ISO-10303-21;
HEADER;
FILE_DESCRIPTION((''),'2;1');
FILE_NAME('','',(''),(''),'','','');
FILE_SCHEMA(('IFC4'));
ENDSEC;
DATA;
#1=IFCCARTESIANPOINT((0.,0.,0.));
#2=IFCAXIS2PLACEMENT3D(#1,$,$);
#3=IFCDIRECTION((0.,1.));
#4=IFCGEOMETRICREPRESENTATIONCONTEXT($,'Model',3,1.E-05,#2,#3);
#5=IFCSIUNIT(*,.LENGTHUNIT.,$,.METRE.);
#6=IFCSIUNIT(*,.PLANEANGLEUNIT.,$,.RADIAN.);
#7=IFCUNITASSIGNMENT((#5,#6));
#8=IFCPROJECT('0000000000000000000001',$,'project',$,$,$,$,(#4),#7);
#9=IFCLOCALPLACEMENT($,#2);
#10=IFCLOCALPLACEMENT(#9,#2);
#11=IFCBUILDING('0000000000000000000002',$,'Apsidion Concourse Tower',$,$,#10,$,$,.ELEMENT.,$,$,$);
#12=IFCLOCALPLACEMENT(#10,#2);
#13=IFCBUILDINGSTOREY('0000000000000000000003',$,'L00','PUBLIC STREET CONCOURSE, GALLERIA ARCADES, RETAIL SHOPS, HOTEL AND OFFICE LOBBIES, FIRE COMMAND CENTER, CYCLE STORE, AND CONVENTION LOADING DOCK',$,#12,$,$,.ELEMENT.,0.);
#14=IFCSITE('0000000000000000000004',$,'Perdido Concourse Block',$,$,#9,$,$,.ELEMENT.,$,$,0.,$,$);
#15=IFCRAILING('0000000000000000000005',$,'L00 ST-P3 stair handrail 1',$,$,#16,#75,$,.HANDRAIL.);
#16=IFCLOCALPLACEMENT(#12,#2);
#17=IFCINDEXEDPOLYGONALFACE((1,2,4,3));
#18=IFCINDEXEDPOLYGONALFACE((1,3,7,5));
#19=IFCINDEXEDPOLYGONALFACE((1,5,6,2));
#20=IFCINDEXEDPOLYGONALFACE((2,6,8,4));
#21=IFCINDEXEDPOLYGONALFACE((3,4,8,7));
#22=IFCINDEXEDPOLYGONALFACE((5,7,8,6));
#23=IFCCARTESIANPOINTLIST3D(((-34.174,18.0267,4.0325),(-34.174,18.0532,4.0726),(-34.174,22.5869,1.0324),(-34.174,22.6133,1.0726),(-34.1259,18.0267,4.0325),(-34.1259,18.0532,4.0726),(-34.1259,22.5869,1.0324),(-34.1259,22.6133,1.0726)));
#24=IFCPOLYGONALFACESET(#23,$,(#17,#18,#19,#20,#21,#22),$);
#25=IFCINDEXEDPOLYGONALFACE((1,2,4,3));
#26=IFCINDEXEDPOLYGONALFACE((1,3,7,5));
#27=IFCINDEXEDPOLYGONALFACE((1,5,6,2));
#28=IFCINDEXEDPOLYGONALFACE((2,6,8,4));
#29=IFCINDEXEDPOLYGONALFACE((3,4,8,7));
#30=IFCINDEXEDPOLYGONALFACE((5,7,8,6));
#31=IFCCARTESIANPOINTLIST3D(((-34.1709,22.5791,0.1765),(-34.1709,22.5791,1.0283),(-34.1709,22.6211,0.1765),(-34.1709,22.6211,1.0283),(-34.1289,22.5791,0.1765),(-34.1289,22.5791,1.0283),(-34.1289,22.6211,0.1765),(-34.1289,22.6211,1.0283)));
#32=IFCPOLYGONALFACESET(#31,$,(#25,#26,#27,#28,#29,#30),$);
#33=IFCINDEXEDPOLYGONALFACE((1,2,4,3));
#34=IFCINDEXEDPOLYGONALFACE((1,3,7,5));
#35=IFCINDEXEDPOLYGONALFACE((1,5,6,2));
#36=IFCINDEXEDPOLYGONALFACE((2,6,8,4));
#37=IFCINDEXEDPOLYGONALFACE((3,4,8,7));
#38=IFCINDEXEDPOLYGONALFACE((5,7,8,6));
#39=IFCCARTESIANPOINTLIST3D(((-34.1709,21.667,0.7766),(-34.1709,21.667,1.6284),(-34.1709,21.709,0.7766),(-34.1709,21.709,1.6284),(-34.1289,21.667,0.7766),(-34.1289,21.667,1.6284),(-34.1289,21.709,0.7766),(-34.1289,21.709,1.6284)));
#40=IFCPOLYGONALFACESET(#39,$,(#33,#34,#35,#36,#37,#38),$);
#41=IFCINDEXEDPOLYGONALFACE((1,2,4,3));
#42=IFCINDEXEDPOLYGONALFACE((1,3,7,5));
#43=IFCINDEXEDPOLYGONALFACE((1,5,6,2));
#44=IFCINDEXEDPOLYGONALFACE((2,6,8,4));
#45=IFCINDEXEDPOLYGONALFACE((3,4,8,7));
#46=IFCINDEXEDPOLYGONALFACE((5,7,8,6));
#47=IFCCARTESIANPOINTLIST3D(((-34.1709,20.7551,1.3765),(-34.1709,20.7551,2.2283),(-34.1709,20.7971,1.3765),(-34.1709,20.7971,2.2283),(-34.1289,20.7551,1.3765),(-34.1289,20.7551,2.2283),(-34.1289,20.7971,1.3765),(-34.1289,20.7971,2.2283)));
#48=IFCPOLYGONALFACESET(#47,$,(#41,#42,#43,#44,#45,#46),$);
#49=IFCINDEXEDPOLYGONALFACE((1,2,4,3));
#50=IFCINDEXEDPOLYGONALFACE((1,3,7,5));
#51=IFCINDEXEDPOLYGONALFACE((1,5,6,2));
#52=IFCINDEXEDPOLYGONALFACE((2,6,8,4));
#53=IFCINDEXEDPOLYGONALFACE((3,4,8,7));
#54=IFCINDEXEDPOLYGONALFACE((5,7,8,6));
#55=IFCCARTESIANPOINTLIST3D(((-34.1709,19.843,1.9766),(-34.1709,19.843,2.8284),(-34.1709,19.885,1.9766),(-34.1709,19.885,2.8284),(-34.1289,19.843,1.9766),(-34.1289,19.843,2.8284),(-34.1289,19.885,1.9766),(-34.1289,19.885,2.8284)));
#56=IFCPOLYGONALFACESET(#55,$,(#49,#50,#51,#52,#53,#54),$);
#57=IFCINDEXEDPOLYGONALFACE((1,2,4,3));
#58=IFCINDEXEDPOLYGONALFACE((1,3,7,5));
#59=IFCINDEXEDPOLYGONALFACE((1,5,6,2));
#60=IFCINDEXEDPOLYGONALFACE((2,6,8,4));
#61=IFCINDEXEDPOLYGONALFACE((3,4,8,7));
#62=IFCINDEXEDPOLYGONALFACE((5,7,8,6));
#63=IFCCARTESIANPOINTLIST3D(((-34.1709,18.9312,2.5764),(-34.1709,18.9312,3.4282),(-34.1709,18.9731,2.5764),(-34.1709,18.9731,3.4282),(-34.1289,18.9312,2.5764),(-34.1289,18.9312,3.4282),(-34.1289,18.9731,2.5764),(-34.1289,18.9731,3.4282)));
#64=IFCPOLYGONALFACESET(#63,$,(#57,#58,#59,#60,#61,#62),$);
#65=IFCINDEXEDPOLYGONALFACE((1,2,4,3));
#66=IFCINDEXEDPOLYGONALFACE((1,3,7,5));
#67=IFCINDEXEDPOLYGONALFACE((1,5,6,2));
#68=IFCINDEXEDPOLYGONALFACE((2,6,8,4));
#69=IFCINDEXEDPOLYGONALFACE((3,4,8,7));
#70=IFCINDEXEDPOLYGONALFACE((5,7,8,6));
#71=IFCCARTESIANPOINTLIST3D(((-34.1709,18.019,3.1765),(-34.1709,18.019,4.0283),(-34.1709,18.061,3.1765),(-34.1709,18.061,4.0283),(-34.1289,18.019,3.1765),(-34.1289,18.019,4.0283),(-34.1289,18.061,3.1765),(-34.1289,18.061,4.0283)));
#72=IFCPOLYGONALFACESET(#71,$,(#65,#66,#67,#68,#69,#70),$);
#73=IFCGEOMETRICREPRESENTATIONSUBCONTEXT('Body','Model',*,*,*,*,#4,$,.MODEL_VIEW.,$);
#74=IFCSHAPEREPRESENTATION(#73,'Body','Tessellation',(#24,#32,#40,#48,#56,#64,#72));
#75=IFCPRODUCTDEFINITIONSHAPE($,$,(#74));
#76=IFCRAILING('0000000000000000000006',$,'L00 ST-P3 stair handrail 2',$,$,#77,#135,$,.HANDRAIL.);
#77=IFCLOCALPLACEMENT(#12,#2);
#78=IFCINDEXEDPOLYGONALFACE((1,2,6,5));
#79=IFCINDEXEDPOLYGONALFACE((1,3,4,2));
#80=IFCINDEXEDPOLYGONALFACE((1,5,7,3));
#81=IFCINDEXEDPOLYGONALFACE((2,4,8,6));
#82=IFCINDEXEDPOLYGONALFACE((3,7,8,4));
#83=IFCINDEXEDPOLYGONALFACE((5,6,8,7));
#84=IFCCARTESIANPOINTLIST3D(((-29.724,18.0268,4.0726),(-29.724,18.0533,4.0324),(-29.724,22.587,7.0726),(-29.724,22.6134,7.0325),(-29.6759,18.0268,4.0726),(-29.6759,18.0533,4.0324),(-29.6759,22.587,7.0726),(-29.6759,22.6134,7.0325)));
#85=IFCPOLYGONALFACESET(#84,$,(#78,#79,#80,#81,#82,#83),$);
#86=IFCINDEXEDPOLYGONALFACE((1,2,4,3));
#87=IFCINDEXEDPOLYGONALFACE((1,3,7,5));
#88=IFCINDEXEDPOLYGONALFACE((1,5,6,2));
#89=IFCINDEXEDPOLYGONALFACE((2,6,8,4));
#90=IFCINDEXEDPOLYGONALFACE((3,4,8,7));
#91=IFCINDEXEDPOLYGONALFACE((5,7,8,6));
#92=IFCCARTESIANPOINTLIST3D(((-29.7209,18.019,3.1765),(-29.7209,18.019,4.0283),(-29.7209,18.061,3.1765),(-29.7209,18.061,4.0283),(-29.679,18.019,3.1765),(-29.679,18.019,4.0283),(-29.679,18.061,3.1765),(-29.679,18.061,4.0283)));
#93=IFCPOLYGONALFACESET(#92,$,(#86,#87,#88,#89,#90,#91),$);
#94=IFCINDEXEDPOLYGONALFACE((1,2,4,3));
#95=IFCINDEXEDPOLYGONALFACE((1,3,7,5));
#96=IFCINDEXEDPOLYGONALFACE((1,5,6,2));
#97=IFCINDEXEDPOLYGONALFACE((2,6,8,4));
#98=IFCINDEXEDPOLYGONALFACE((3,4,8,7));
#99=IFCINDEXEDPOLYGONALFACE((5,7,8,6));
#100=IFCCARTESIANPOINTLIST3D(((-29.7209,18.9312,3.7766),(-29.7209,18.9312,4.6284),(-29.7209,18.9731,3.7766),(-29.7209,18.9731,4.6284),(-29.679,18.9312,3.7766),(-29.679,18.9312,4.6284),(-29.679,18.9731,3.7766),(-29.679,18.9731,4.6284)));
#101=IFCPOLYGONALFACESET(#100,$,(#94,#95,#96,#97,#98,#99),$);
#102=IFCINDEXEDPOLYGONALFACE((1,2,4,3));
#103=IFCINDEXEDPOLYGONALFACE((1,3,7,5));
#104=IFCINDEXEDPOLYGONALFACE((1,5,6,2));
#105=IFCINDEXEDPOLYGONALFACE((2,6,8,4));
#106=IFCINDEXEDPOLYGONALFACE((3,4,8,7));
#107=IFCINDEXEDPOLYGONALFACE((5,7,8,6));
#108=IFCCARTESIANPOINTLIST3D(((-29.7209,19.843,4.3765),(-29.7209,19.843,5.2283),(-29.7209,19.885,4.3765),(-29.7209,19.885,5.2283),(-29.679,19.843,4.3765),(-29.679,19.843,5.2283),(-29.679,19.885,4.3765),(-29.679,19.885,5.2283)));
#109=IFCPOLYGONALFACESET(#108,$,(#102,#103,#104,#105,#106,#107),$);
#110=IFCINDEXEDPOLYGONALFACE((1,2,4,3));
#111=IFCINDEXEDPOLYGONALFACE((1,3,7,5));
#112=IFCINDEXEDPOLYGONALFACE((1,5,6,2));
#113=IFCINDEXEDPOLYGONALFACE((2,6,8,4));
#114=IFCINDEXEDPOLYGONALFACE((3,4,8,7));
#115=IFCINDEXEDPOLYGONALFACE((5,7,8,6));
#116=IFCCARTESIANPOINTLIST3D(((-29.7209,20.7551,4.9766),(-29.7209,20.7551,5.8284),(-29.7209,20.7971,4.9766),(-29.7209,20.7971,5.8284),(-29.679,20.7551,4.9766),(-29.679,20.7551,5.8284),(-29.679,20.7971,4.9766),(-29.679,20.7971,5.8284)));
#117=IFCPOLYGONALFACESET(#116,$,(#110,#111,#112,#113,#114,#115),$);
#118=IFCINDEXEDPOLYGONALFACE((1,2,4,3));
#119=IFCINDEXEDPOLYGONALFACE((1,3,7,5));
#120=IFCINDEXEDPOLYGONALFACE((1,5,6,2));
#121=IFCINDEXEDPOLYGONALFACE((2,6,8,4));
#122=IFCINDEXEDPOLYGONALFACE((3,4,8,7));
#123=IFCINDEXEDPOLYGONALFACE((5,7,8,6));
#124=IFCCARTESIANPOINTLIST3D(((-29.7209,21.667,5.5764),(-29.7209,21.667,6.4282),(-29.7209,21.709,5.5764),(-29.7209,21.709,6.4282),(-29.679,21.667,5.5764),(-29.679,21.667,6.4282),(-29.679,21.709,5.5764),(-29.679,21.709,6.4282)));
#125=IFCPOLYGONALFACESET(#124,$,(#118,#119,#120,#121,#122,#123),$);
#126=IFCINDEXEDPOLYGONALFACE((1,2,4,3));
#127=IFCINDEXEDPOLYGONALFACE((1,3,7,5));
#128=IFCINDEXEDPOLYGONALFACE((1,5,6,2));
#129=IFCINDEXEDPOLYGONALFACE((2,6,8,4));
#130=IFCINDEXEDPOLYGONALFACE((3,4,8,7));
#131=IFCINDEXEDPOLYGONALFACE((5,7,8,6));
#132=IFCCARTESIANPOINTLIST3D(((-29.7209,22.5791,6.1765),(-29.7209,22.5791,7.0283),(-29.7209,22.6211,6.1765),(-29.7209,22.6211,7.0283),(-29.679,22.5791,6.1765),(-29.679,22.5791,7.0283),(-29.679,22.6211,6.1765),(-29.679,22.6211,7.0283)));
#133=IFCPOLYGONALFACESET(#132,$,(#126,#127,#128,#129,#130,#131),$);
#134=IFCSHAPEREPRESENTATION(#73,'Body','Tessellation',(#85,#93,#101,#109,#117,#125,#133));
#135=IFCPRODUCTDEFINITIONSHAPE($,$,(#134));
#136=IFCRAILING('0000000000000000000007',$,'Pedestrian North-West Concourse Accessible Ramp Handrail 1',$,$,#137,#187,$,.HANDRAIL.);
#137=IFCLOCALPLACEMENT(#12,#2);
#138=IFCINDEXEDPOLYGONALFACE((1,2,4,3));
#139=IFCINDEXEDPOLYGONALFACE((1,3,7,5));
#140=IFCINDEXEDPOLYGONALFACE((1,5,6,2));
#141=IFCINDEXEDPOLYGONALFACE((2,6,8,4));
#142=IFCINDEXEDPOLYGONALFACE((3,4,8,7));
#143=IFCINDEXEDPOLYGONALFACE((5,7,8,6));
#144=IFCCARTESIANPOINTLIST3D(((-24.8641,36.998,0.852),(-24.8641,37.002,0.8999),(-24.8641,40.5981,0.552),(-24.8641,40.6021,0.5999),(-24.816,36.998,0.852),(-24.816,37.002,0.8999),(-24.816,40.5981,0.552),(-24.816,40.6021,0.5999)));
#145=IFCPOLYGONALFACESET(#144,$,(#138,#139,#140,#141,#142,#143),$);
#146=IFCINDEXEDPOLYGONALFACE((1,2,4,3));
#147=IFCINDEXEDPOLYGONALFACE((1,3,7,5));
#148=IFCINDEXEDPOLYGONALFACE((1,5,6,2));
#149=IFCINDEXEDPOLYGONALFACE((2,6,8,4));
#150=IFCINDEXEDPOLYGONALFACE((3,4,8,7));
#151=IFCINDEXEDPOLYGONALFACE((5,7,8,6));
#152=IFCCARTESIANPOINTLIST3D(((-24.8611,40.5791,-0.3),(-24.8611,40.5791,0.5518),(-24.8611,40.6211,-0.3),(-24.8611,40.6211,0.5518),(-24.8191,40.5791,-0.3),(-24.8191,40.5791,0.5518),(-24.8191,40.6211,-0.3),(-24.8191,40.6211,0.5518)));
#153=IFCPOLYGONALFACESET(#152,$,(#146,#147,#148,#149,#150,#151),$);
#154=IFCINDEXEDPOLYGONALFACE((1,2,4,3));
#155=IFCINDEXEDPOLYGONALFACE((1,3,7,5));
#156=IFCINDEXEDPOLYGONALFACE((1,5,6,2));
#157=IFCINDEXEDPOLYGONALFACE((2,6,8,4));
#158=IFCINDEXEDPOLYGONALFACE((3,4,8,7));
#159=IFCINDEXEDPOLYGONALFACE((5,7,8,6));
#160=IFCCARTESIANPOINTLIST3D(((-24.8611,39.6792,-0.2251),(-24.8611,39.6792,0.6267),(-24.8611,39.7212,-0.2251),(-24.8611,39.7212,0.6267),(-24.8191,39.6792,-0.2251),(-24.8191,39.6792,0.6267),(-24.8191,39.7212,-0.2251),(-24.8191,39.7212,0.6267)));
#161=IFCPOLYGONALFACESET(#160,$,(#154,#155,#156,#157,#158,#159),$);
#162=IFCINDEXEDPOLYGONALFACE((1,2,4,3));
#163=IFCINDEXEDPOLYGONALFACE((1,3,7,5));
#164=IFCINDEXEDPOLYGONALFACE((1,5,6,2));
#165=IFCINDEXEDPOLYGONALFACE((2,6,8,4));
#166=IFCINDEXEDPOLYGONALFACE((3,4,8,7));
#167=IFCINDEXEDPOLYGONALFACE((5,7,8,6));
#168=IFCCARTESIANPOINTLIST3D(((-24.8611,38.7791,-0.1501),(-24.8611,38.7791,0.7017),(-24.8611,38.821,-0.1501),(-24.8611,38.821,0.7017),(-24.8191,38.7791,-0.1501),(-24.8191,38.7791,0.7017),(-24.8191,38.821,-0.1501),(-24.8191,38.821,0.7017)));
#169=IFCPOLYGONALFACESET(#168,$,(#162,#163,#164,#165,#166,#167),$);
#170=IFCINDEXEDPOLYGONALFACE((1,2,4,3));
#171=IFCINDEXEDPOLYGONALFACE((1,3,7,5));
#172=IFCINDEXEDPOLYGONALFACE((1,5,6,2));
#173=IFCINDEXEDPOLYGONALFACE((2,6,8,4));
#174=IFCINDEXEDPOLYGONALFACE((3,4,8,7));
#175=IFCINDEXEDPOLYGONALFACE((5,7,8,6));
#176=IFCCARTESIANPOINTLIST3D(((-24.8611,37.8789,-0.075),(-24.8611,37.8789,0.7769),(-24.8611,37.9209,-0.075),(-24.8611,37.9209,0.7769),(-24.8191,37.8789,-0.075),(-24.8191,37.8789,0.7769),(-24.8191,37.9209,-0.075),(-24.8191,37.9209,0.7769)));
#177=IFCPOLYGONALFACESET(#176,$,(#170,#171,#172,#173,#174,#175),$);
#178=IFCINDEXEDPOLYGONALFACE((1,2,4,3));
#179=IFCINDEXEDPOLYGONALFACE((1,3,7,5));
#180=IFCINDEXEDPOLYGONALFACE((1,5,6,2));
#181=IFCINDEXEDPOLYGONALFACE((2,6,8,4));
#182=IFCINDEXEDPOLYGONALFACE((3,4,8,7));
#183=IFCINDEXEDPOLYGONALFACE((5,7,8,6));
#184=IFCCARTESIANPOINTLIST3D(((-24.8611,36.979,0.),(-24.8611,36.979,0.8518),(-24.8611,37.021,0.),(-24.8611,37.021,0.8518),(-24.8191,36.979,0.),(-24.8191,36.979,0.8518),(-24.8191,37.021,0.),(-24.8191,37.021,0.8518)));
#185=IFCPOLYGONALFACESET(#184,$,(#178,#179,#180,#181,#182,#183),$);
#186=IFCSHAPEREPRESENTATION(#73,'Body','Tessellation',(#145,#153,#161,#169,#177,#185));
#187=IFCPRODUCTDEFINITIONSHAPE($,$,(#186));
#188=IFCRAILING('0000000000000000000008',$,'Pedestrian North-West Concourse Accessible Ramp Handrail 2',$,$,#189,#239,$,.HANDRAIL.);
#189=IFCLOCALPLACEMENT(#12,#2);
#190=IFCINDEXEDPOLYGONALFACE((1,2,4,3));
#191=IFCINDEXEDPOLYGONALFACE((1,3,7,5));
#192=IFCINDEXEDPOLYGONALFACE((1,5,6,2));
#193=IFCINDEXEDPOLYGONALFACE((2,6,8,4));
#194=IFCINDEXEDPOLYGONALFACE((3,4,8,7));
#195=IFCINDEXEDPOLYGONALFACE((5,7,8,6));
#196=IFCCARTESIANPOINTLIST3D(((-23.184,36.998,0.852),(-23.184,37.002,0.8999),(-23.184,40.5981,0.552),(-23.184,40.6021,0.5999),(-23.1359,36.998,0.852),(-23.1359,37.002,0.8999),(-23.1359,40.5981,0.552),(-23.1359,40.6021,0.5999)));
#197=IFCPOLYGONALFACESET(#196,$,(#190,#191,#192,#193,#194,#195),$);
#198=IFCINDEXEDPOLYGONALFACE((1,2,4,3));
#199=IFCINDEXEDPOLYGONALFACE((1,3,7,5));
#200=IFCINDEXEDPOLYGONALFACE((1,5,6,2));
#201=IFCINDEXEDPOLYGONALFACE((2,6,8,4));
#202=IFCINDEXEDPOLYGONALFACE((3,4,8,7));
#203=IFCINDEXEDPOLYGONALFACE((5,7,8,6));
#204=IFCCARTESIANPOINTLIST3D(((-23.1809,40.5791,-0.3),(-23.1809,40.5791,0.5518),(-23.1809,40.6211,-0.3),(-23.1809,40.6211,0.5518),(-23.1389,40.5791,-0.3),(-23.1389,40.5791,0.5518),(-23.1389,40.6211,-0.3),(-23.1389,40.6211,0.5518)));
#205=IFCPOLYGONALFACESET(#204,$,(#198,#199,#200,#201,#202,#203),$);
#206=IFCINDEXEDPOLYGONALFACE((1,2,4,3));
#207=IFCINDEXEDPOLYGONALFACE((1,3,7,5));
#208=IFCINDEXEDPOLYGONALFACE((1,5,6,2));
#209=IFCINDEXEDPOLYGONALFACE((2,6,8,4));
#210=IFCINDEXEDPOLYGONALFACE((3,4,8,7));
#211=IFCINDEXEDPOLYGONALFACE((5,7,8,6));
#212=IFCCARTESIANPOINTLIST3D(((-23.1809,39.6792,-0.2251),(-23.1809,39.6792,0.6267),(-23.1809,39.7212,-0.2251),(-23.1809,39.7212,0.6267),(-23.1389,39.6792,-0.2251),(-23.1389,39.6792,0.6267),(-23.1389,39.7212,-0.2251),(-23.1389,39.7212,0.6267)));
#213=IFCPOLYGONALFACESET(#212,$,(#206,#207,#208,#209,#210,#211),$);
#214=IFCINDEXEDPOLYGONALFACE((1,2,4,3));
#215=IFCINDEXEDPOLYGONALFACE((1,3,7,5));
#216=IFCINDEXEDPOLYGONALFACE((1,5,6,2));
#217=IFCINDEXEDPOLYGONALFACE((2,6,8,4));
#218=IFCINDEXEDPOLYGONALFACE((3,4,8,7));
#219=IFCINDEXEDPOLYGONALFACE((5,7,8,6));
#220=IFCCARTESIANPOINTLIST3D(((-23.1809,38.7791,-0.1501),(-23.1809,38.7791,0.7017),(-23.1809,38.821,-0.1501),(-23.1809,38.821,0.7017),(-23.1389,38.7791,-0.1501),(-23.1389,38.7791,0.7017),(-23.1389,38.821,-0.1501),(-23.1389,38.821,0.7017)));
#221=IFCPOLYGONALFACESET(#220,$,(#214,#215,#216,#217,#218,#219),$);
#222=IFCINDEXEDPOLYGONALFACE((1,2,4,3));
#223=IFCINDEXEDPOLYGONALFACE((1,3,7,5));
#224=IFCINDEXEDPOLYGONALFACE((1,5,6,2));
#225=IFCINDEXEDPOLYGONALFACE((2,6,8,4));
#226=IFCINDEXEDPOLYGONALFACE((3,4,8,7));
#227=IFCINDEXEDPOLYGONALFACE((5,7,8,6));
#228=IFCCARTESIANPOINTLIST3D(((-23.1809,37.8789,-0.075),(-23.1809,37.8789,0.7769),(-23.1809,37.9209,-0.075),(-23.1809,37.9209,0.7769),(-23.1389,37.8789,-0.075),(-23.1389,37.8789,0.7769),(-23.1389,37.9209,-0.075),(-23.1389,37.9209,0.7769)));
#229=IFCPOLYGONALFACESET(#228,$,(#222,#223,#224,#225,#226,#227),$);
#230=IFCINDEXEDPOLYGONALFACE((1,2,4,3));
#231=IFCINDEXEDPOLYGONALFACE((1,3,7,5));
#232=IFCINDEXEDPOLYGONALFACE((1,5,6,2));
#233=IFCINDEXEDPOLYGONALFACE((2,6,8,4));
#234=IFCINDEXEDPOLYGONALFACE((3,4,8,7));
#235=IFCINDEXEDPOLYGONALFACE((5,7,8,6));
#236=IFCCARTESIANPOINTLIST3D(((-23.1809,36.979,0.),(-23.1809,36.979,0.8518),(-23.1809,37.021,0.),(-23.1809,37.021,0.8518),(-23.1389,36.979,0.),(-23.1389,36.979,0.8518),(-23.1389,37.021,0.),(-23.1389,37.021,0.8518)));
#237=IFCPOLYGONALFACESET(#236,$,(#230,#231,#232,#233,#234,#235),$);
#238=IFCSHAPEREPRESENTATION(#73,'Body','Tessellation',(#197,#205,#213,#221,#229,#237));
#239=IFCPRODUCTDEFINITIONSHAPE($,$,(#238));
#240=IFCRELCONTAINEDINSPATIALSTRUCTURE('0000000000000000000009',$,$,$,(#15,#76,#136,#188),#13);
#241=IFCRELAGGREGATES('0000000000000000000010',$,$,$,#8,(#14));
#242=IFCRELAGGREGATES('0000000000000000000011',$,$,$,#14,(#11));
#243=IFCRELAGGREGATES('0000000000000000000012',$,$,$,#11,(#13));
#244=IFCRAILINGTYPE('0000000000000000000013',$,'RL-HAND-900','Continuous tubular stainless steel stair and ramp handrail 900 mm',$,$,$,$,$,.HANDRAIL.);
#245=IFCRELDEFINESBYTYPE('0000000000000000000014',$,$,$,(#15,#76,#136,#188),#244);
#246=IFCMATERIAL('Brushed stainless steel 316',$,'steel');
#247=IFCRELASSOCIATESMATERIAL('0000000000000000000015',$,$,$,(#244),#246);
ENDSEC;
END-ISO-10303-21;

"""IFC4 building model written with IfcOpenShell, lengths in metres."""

from ifc_helpers import new_model, si_unit, direction, frame, origin, origin_2d, place, context, subcontext, project, spatial, rectangle, extrude, material, type_object, element, save


model = new_model("IFC4")

# Units and contexts
model_context = context("Model", 3, precision=1e-05, world=origin(), true_north=direction((0.0, 1.0)))
body_context = subcontext(model_context, "Body", "Model", "MODEL_VIEW")
ifc_project = project(units=[si_unit("LENGTHUNIT", "METRE"), si_unit("PLANEANGLEUNIT", "RADIAN")], contexts=[model_context])

# Site, building, storey
site_placement = place(None, origin())
site = spatial("IfcSite", under=ifc_project, at=site_placement, Name="Perdido Concourse Block", CompositionType="ELEMENT", RefElevation=0.0)
building_placement = place(site_placement, origin())
building = spatial("IfcBuilding", under=site, at=building_placement, Name="Apsidion Concourse Tower", CompositionType="ELEMENT")
storey_placement = place(building_placement, origin())
storey = spatial("IfcBuildingStorey", under=building, at=storey_placement, Name="L00", Description="PUBLIC STREET CONCOURSE, GALLERIA ARCADES, RETAIL SHOPS, HOTEL AND OFFICE LOBBIES, FIRE COMMAND CENTER, CYCLE STORE, AND CONVENTION LOADING DOCK", CompositionType="ELEMENT", Elevation=0.0)

# Shared definitions
ifc_material_1 = material(Name="Brushed stainless steel 316", Category="steel")

# Railings
railing_type_1 = type_object("IfcRailingType", Name="RL-HAND-900", Description="Continuous tubular stainless steel stair and ramp handrail 900 mm", PredefinedType="HANDRAIL", material=ifc_material_1)
railing_1_placement = place(storey_placement, frame((-34.1499, 22.6001, 0.1765)))
element("IfcRailing", 1, at=railing_1_placement, inside=storey, type_object=railing_type_1, Name="L00 ST-P3 stair handrail 1", PredefinedType="HANDRAIL", context=body_context, shape_type="SweptSolid", body=[
    extrude(rectangle(XDim=0.0481, YDim=0.0481, at=origin_2d()), frame((0.0, 0.0, 0.876), z_axis=(0.0, -0.83542, 0.549612), x_axis=(1.0, 0.0, 0.0)), (0.0, 0.0, 1.0), 5.4585),
    extrude(rectangle(XDim=0.042, YDim=0.042, at=origin_2d()), origin(), (0.0, 0.0, 1.0), 0.8518),
    extrude(rectangle(XDim=0.042, YDim=0.042, at=origin_2d()), frame((0.0, -0.9121, 0.6001)), (0.0, 0.0, 1.0), 0.8518),
    extrude(rectangle(XDim=0.042, YDim=0.042, at=origin_2d()), frame((0.0, -1.824, 1.2)), (0.0, 0.0, 1.0), 0.8518),
    extrude(rectangle(XDim=0.042, YDim=0.042, at=origin_2d()), frame((0.0, -2.7361, 1.8)), (0.0, 0.0, 1.0), 0.8518),
    extrude(rectangle(XDim=0.042, YDim=0.042, at=origin_2d()), frame((0.0, -3.6479, 2.3999)), (0.0, 0.0, 1.0), 0.8518),
    extrude(rectangle(XDim=0.042, YDim=0.042, at=origin_2d()), frame((0.0, -4.5601, 3.0)), (0.0, 0.0, 1.0), 0.8518),
])
railing_2_placement = place(storey_placement, frame((-29.7, 18.04, 3.1765)))
element("IfcRailing", 2, at=railing_2_placement, inside=storey, type_object=railing_type_1, Name="L00 ST-P3 stair handrail 2", PredefinedType="HANDRAIL", context=body_context, shape_type="SweptSolid", body=[
    extrude(rectangle(XDim=0.0481, YDim=0.0481, at=origin_2d()), frame((0.0, 0.0, 0.876), z_axis=(0.0, 0.83542, 0.549612), x_axis=(-1.0, 0.0, 0.0)), (0.0, 0.0, 1.0), 5.4585),
    extrude(rectangle(XDim=0.042, YDim=0.042, at=origin_2d()), origin(), (0.0, 0.0, 1.0), 0.8518),
    extrude(rectangle(XDim=0.042, YDim=0.042, at=origin_2d()), frame((0.0, 0.9121, 0.6001)), (0.0, 0.0, 1.0), 0.8518),
    extrude(rectangle(XDim=0.042, YDim=0.042, at=origin_2d()), frame((0.0, 1.824, 1.2)), (0.0, 0.0, 1.0), 0.8518),
    extrude(rectangle(XDim=0.042, YDim=0.042, at=origin_2d()), frame((0.0, 2.7361, 1.8)), (0.0, 0.0, 1.0), 0.8518),
    extrude(rectangle(XDim=0.042, YDim=0.042, at=origin_2d()), frame((0.0, 3.6479, 2.3999)), (0.0, 0.0, 1.0), 0.8518),
    extrude(rectangle(XDim=0.042, YDim=0.042, at=origin_2d()), frame((0.0, 4.5601, 3.0)), (0.0, 0.0, 1.0), 0.8518),
])
for number, where, name in (
    (3, (-24.8401, 40.6001, -0.3), "Pedestrian North-West Concourse Accessible Ramp Handrail 1"),
    (4, (-23.1599, 40.6001, -0.3), "Pedestrian North-West Concourse Accessible Ramp Handrail 2"),
):
    element("IfcRailing", number, at=place(storey_placement, frame(where)), inside=storey, type_object=railing_type_1, Name=name, PredefinedType="HANDRAIL", context=body_context, shape_type="SweptSolid", body=[
        extrude(rectangle(XDim=0.0481, YDim=0.0481, at=origin_2d()), frame((0.0, 0.0, 0.876), z_axis=(0.0, -0.996545, 0.083057), x_axis=(1.0, 0.0, 0.0)), (0.0, 0.0, 1.0), 3.6125),
        extrude(rectangle(XDim=0.042, YDim=0.042, at=origin_2d()), origin(), (0.0, 0.0, 1.0), 0.8518),
        extrude(rectangle(XDim=0.042, YDim=0.042, at=origin_2d()), frame((0.0, -0.8999, 0.075)), (0.0, 0.0, 1.0), 0.8518),
        extrude(rectangle(XDim=0.042, YDim=0.042, at=origin_2d()), frame((0.0, -1.8, 0.1499)), (0.0, 0.0, 1.0), 0.8518),
        extrude(rectangle(XDim=0.042, YDim=0.042, at=origin_2d()), frame((0.0, -2.7002, 0.2251)), (0.0, 0.0, 1.0), 0.8518),
        extrude(rectangle(XDim=0.042, YDim=0.042, at=origin_2d()), frame((0.0, -3.6001, 0.3)), (0.0, 0.0, 1.0), 0.8518),
    ])

save(model, "model.ifc")
